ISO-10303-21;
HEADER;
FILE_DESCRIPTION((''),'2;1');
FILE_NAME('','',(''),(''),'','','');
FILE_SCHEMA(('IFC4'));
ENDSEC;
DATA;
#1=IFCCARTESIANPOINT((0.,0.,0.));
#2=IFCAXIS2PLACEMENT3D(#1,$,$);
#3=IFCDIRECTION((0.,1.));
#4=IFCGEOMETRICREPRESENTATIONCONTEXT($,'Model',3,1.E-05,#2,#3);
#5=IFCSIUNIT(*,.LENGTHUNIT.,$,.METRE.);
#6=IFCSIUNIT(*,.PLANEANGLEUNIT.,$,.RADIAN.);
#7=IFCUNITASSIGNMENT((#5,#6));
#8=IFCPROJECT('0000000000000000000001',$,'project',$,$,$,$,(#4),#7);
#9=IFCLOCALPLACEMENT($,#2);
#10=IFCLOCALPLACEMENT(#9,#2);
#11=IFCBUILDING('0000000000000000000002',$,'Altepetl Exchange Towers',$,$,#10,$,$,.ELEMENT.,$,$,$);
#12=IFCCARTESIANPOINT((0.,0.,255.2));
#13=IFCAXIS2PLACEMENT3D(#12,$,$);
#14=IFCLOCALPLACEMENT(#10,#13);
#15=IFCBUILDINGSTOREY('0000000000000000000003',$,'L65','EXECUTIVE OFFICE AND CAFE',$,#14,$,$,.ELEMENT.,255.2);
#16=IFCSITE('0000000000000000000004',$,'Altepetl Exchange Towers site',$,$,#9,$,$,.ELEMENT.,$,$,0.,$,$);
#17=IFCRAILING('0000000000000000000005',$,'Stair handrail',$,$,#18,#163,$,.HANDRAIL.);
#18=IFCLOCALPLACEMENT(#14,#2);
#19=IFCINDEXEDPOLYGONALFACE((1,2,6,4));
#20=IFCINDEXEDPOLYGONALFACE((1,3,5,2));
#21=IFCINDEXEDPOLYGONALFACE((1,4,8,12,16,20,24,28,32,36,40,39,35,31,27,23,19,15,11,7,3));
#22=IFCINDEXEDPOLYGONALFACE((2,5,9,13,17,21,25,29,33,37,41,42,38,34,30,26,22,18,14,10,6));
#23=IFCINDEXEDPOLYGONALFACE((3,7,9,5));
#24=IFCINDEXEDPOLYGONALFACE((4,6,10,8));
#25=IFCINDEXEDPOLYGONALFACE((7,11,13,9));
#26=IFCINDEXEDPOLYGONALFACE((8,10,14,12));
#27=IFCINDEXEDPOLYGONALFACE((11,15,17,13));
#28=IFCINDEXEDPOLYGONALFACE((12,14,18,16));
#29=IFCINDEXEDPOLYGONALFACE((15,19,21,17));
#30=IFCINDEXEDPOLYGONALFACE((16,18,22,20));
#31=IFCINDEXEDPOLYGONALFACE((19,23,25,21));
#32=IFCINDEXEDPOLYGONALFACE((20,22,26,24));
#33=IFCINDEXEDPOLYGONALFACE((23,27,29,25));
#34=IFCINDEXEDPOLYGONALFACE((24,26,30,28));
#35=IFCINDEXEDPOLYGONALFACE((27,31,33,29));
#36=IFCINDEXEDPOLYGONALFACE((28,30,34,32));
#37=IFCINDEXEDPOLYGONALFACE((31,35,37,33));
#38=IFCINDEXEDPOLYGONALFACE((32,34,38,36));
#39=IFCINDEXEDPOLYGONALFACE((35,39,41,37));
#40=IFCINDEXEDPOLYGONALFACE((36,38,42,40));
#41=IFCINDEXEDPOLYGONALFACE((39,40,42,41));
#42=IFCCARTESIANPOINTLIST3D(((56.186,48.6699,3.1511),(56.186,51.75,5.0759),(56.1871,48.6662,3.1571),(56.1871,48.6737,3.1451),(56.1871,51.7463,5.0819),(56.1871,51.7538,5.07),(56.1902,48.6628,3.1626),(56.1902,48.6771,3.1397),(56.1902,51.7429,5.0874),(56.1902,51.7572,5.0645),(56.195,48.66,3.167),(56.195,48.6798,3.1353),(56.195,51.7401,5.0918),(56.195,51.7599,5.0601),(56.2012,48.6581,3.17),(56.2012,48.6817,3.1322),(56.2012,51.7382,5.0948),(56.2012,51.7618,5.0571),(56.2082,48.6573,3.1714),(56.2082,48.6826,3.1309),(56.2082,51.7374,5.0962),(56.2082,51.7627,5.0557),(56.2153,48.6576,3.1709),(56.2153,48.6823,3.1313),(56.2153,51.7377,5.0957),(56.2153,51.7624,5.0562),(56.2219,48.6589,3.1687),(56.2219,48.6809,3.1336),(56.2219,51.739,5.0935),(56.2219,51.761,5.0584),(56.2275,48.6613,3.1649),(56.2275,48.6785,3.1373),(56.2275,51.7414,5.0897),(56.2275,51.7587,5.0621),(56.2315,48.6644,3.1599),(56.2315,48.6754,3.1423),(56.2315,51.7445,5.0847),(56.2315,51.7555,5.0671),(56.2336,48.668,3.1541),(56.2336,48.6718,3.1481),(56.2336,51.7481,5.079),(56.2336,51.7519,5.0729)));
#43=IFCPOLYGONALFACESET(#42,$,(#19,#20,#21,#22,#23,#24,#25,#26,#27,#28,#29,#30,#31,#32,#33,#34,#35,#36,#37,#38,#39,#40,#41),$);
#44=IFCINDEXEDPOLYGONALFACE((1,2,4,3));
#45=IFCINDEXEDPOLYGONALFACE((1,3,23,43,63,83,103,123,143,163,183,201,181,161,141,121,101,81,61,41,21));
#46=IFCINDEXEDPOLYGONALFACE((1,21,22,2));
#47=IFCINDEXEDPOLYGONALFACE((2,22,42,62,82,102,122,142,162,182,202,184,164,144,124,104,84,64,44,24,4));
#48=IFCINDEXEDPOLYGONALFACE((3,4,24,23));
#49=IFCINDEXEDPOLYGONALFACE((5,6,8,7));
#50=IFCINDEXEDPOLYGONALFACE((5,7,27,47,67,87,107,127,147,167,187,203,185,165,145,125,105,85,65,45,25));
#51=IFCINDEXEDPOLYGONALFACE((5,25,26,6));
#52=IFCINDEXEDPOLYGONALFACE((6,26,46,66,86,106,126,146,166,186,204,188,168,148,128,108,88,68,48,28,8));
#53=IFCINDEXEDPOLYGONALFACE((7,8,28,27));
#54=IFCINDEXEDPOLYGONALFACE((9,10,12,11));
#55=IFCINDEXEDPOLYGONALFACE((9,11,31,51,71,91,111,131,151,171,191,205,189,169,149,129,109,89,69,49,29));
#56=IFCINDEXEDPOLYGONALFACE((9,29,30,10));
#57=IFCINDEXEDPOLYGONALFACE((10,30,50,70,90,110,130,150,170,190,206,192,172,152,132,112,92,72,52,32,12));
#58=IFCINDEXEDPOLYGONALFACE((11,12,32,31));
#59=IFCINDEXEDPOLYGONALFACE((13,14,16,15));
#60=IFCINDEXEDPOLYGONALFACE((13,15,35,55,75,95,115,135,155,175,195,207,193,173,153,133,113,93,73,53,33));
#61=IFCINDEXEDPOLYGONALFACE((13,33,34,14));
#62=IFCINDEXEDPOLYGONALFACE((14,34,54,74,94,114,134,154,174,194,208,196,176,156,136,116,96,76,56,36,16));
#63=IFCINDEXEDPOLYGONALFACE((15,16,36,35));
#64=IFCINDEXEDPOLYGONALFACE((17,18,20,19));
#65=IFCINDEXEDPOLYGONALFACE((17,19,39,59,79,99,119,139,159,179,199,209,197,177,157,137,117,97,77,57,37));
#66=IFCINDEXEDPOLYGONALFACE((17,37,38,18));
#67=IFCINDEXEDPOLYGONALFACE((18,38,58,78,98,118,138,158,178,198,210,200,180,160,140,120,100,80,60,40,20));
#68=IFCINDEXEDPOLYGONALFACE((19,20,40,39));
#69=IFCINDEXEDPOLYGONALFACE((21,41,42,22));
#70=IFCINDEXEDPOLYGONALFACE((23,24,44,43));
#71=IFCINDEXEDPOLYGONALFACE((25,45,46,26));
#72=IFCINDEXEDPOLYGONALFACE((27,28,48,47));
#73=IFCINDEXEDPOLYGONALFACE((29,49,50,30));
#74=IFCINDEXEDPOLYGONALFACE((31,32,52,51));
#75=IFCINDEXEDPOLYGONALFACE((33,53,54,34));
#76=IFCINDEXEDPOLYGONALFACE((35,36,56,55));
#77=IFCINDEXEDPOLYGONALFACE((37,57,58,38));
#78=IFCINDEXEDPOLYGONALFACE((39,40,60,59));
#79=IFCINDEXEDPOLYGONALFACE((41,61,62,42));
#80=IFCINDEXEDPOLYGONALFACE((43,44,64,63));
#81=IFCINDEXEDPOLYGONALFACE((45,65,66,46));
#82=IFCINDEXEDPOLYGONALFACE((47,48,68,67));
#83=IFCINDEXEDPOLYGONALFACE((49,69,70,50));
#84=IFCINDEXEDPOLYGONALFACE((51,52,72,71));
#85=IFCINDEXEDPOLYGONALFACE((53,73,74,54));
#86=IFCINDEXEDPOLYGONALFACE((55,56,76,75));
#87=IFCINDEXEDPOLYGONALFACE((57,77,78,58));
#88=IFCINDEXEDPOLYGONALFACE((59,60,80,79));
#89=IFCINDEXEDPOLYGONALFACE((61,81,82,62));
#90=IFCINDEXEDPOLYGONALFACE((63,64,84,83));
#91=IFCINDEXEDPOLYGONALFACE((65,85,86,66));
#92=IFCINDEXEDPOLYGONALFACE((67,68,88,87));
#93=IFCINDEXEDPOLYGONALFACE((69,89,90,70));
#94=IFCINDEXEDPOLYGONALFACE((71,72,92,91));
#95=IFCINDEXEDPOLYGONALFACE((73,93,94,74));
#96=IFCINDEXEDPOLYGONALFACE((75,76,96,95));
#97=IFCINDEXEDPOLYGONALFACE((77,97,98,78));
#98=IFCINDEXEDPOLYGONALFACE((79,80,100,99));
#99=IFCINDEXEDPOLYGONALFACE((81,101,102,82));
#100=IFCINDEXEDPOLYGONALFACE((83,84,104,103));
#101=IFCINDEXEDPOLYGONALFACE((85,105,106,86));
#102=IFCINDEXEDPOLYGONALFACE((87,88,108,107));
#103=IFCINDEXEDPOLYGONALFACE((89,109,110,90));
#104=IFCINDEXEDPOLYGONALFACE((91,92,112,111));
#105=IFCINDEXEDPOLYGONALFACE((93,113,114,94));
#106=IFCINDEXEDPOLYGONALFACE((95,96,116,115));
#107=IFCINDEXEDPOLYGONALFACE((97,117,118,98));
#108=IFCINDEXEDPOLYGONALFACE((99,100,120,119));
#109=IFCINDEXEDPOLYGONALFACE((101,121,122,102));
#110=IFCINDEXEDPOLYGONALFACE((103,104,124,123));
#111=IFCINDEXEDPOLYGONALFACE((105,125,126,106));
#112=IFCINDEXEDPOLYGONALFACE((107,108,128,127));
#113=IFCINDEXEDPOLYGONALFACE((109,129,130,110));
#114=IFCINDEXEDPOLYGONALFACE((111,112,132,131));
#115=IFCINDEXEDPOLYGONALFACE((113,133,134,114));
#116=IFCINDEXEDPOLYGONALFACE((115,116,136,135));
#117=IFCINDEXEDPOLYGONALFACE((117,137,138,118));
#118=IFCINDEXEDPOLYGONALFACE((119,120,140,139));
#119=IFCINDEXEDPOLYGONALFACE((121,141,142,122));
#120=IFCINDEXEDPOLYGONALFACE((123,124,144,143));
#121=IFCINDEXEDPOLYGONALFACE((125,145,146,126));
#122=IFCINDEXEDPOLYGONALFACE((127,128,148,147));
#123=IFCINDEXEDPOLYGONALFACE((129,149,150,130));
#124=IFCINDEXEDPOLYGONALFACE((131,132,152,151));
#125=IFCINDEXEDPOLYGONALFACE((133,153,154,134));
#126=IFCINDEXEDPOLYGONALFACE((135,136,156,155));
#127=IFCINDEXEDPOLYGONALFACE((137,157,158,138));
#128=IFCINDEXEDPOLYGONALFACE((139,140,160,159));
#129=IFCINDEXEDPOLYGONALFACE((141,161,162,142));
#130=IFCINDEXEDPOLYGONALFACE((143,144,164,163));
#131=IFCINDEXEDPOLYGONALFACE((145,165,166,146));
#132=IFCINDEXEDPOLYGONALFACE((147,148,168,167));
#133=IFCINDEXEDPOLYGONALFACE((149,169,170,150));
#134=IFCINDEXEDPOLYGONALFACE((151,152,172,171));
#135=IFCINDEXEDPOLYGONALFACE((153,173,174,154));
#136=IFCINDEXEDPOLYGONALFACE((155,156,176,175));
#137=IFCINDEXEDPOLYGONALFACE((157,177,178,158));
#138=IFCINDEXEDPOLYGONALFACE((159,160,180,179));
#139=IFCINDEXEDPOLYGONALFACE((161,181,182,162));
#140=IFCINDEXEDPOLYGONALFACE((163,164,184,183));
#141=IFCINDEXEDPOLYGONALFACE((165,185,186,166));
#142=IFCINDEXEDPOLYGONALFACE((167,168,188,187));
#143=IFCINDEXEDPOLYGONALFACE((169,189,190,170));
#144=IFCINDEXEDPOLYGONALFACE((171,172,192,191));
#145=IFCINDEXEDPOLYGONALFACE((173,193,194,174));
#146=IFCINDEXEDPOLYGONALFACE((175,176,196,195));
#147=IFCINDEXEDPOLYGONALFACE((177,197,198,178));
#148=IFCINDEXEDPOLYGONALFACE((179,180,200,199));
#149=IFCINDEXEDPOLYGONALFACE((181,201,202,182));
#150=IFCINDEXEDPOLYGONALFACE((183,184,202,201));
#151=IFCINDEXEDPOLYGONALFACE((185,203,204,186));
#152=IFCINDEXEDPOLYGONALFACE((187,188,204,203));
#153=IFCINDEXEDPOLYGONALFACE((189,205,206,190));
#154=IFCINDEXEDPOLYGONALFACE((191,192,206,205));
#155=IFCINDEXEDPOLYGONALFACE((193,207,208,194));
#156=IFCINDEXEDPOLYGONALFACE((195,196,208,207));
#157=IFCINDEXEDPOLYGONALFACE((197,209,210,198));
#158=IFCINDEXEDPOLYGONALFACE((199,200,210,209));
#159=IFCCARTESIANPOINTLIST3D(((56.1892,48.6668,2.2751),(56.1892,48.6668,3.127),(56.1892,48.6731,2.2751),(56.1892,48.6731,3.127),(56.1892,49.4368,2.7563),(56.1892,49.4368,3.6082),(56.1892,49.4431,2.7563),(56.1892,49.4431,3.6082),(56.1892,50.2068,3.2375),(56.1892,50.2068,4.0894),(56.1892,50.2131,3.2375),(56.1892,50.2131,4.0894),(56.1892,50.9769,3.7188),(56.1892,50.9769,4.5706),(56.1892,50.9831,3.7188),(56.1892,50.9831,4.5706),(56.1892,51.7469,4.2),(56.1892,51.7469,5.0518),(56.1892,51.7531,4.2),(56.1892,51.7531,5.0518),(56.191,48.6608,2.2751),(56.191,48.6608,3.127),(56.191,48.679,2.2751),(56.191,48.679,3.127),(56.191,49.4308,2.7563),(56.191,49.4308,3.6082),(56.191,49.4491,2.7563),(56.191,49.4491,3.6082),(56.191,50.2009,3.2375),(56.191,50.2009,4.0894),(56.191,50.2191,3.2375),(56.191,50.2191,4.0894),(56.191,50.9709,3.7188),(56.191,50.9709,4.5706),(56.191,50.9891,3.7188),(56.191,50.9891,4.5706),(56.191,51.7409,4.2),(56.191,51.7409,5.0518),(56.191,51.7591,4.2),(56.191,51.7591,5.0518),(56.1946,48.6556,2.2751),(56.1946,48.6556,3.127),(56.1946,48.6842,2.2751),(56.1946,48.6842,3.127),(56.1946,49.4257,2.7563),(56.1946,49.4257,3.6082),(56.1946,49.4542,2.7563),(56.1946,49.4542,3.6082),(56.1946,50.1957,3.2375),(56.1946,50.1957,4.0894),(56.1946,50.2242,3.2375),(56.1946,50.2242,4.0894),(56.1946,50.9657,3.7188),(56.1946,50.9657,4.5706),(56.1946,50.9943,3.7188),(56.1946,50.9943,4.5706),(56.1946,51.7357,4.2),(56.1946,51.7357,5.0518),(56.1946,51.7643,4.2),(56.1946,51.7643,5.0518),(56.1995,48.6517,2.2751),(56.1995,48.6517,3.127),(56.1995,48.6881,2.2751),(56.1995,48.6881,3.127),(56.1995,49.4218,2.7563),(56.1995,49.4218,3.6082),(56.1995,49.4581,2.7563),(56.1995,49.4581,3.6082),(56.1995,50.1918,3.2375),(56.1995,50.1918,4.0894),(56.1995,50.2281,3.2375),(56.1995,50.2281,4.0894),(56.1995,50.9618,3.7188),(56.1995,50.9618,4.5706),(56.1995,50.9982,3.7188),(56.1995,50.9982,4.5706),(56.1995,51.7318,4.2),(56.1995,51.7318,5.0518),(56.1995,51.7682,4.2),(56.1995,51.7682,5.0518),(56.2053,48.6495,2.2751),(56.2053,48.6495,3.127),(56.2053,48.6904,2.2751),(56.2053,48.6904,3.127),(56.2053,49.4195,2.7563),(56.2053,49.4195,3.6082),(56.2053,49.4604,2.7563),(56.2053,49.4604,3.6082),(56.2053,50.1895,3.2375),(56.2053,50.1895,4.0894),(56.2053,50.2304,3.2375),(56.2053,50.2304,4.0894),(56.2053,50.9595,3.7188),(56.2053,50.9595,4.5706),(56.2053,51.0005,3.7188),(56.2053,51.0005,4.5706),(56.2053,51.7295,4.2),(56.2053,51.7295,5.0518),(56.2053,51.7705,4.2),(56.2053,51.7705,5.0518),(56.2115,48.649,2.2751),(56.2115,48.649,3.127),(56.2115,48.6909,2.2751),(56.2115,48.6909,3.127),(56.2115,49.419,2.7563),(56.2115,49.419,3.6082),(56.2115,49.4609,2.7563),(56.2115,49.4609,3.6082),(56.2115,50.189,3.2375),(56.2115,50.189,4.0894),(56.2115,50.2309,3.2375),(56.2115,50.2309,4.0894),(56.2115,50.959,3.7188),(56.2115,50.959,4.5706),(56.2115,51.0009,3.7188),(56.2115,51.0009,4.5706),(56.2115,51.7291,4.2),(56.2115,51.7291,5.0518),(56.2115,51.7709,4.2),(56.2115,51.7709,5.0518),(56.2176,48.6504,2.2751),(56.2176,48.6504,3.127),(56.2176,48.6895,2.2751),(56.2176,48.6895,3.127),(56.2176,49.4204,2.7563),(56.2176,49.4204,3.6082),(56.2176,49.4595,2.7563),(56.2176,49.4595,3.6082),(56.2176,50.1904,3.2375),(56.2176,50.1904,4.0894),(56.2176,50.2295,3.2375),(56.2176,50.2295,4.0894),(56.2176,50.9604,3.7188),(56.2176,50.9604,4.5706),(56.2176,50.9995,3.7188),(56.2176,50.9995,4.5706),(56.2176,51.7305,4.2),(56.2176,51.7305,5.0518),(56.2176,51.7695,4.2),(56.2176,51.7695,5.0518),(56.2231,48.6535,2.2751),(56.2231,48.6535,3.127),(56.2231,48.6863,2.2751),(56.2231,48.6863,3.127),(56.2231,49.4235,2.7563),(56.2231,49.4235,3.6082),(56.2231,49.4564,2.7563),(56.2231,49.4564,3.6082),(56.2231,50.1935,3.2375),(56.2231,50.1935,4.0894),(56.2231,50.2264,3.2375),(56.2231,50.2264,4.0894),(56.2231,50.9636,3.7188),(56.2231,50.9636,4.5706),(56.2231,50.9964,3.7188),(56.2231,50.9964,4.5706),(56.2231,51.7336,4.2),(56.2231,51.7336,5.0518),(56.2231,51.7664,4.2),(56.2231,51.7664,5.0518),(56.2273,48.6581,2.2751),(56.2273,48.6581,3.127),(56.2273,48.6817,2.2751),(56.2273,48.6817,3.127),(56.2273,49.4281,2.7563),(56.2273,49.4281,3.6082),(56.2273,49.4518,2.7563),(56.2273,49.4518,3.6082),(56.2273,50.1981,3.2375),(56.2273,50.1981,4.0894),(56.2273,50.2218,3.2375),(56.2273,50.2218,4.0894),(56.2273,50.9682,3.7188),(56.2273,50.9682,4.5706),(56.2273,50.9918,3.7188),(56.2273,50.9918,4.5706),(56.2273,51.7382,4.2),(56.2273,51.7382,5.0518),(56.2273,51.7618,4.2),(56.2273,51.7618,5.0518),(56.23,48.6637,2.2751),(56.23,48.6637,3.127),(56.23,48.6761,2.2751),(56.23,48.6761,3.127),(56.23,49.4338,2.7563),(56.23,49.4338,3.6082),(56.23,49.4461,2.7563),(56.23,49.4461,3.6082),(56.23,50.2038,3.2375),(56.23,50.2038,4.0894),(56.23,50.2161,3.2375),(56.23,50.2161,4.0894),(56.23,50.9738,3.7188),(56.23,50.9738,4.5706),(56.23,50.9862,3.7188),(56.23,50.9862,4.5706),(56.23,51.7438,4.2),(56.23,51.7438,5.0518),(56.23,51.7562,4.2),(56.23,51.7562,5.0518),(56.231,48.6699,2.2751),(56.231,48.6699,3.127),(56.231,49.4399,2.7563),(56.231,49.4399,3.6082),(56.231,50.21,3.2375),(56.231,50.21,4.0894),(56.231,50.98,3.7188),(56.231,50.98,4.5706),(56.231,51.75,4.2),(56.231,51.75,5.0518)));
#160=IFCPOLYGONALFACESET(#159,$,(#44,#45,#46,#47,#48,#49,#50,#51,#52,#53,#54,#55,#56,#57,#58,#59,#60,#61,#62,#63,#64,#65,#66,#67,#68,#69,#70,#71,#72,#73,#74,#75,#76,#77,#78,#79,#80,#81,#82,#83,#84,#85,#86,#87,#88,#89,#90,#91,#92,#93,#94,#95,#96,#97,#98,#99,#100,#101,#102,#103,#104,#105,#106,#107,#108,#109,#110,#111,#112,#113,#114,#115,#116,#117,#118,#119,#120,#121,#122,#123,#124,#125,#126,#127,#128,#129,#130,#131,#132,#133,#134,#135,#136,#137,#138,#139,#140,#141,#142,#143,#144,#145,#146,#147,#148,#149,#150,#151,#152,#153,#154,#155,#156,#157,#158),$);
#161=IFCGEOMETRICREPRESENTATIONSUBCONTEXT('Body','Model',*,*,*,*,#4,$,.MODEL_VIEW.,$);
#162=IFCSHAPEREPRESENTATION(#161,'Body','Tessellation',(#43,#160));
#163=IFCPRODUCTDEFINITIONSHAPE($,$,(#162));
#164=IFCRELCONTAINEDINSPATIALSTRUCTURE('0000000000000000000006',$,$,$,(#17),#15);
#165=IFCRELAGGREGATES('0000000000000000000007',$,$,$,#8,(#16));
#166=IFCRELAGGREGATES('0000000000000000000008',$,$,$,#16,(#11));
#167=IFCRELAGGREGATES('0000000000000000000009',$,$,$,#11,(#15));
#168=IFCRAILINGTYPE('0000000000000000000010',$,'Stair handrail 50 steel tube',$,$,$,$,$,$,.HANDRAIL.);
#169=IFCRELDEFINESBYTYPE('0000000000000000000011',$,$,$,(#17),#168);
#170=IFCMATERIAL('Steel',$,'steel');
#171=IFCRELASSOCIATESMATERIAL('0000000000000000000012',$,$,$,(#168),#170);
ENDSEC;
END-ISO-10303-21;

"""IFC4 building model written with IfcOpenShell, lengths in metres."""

from ifc_helpers import new_model, si_unit, direction, frame, origin, origin_2d, place, context, subcontext, project, spatial, circle, extrude, source, transform, mapped, material, type_object, element, save


model = new_model("IFC4")

# Units and contexts
model_context = context("Model", 3, precision=1e-05, world=origin(), true_north=direction((0.0, 1.0)))
body_context = subcontext(model_context, "Body", "Model", "MODEL_VIEW")
ifc_project = project(units=[si_unit("LENGTHUNIT", "METRE"), si_unit("PLANEANGLEUNIT", "RADIAN")], contexts=[model_context])

# Site, building, storey
site_placement = place(None, origin())
site = spatial("IfcSite", under=ifc_project, at=site_placement, Name="Altepetl Exchange Towers site", CompositionType="ELEMENT", RefElevation=0.0)
building_placement = place(site_placement, origin())
building = spatial("IfcBuilding", under=site, at=building_placement, Name="Altepetl Exchange Towers", CompositionType="ELEMENT")
storey_placement = place(building_placement, frame((0.0, 0.0, 255.2)))
storey = spatial("IfcBuildingStorey", under=building, at=storey_placement, Name="L65", Description="EXECUTIVE OFFICE AND CAFE", CompositionType="ELEMENT", Elevation=255.2)

# Railing
ifc_material_1 = material(Name="Steel", Category="steel")
railing_type_1 = type_object("IfcRailingType", Name="Stair handrail 50 steel tube", PredefinedType="HANDRAIL", material=ifc_material_1)
shared_shape_1 = source(origin(), body_context, "Body", "SweptSolid", [
    extrude(circle(Radius=0.021, at=origin_2d()), origin(), (0.0, 0.0, 1.0), 0.8518),
])
railing_1_placement = place(storey_placement, frame((56.21, 48.6699, 2.2751)))
element("IfcRailing", 1, at=railing_1_placement, inside=storey, type_object=railing_type_1, Name="Stair handrail", PredefinedType="HANDRAIL", context=body_context, shape_type="SweptSolid", body=[
    extrude(circle(Radius=0.0239, at=origin_2d()), frame((0.0, 0.0, 0.876), z_axis=(0.0, 0.848029, 0.529951), x_axis=(-1.0, 0.0, 0.0)), (0.0, 0.0, 1.0), 3.6321),
    mapped(shared_shape_1, transform((0.0, 0.0, 0.0))),
    mapped(shared_shape_1, transform((0.0, 0.77, 0.4812))),
    mapped(shared_shape_1, transform((0.0, 1.54, 0.9624))),
    mapped(shared_shape_1, transform((0.0, 2.3101, 1.4436))),
    mapped(shared_shape_1, transform((0.0, 3.0801, 1.9248))),
])

save(model, "model.ifc")
